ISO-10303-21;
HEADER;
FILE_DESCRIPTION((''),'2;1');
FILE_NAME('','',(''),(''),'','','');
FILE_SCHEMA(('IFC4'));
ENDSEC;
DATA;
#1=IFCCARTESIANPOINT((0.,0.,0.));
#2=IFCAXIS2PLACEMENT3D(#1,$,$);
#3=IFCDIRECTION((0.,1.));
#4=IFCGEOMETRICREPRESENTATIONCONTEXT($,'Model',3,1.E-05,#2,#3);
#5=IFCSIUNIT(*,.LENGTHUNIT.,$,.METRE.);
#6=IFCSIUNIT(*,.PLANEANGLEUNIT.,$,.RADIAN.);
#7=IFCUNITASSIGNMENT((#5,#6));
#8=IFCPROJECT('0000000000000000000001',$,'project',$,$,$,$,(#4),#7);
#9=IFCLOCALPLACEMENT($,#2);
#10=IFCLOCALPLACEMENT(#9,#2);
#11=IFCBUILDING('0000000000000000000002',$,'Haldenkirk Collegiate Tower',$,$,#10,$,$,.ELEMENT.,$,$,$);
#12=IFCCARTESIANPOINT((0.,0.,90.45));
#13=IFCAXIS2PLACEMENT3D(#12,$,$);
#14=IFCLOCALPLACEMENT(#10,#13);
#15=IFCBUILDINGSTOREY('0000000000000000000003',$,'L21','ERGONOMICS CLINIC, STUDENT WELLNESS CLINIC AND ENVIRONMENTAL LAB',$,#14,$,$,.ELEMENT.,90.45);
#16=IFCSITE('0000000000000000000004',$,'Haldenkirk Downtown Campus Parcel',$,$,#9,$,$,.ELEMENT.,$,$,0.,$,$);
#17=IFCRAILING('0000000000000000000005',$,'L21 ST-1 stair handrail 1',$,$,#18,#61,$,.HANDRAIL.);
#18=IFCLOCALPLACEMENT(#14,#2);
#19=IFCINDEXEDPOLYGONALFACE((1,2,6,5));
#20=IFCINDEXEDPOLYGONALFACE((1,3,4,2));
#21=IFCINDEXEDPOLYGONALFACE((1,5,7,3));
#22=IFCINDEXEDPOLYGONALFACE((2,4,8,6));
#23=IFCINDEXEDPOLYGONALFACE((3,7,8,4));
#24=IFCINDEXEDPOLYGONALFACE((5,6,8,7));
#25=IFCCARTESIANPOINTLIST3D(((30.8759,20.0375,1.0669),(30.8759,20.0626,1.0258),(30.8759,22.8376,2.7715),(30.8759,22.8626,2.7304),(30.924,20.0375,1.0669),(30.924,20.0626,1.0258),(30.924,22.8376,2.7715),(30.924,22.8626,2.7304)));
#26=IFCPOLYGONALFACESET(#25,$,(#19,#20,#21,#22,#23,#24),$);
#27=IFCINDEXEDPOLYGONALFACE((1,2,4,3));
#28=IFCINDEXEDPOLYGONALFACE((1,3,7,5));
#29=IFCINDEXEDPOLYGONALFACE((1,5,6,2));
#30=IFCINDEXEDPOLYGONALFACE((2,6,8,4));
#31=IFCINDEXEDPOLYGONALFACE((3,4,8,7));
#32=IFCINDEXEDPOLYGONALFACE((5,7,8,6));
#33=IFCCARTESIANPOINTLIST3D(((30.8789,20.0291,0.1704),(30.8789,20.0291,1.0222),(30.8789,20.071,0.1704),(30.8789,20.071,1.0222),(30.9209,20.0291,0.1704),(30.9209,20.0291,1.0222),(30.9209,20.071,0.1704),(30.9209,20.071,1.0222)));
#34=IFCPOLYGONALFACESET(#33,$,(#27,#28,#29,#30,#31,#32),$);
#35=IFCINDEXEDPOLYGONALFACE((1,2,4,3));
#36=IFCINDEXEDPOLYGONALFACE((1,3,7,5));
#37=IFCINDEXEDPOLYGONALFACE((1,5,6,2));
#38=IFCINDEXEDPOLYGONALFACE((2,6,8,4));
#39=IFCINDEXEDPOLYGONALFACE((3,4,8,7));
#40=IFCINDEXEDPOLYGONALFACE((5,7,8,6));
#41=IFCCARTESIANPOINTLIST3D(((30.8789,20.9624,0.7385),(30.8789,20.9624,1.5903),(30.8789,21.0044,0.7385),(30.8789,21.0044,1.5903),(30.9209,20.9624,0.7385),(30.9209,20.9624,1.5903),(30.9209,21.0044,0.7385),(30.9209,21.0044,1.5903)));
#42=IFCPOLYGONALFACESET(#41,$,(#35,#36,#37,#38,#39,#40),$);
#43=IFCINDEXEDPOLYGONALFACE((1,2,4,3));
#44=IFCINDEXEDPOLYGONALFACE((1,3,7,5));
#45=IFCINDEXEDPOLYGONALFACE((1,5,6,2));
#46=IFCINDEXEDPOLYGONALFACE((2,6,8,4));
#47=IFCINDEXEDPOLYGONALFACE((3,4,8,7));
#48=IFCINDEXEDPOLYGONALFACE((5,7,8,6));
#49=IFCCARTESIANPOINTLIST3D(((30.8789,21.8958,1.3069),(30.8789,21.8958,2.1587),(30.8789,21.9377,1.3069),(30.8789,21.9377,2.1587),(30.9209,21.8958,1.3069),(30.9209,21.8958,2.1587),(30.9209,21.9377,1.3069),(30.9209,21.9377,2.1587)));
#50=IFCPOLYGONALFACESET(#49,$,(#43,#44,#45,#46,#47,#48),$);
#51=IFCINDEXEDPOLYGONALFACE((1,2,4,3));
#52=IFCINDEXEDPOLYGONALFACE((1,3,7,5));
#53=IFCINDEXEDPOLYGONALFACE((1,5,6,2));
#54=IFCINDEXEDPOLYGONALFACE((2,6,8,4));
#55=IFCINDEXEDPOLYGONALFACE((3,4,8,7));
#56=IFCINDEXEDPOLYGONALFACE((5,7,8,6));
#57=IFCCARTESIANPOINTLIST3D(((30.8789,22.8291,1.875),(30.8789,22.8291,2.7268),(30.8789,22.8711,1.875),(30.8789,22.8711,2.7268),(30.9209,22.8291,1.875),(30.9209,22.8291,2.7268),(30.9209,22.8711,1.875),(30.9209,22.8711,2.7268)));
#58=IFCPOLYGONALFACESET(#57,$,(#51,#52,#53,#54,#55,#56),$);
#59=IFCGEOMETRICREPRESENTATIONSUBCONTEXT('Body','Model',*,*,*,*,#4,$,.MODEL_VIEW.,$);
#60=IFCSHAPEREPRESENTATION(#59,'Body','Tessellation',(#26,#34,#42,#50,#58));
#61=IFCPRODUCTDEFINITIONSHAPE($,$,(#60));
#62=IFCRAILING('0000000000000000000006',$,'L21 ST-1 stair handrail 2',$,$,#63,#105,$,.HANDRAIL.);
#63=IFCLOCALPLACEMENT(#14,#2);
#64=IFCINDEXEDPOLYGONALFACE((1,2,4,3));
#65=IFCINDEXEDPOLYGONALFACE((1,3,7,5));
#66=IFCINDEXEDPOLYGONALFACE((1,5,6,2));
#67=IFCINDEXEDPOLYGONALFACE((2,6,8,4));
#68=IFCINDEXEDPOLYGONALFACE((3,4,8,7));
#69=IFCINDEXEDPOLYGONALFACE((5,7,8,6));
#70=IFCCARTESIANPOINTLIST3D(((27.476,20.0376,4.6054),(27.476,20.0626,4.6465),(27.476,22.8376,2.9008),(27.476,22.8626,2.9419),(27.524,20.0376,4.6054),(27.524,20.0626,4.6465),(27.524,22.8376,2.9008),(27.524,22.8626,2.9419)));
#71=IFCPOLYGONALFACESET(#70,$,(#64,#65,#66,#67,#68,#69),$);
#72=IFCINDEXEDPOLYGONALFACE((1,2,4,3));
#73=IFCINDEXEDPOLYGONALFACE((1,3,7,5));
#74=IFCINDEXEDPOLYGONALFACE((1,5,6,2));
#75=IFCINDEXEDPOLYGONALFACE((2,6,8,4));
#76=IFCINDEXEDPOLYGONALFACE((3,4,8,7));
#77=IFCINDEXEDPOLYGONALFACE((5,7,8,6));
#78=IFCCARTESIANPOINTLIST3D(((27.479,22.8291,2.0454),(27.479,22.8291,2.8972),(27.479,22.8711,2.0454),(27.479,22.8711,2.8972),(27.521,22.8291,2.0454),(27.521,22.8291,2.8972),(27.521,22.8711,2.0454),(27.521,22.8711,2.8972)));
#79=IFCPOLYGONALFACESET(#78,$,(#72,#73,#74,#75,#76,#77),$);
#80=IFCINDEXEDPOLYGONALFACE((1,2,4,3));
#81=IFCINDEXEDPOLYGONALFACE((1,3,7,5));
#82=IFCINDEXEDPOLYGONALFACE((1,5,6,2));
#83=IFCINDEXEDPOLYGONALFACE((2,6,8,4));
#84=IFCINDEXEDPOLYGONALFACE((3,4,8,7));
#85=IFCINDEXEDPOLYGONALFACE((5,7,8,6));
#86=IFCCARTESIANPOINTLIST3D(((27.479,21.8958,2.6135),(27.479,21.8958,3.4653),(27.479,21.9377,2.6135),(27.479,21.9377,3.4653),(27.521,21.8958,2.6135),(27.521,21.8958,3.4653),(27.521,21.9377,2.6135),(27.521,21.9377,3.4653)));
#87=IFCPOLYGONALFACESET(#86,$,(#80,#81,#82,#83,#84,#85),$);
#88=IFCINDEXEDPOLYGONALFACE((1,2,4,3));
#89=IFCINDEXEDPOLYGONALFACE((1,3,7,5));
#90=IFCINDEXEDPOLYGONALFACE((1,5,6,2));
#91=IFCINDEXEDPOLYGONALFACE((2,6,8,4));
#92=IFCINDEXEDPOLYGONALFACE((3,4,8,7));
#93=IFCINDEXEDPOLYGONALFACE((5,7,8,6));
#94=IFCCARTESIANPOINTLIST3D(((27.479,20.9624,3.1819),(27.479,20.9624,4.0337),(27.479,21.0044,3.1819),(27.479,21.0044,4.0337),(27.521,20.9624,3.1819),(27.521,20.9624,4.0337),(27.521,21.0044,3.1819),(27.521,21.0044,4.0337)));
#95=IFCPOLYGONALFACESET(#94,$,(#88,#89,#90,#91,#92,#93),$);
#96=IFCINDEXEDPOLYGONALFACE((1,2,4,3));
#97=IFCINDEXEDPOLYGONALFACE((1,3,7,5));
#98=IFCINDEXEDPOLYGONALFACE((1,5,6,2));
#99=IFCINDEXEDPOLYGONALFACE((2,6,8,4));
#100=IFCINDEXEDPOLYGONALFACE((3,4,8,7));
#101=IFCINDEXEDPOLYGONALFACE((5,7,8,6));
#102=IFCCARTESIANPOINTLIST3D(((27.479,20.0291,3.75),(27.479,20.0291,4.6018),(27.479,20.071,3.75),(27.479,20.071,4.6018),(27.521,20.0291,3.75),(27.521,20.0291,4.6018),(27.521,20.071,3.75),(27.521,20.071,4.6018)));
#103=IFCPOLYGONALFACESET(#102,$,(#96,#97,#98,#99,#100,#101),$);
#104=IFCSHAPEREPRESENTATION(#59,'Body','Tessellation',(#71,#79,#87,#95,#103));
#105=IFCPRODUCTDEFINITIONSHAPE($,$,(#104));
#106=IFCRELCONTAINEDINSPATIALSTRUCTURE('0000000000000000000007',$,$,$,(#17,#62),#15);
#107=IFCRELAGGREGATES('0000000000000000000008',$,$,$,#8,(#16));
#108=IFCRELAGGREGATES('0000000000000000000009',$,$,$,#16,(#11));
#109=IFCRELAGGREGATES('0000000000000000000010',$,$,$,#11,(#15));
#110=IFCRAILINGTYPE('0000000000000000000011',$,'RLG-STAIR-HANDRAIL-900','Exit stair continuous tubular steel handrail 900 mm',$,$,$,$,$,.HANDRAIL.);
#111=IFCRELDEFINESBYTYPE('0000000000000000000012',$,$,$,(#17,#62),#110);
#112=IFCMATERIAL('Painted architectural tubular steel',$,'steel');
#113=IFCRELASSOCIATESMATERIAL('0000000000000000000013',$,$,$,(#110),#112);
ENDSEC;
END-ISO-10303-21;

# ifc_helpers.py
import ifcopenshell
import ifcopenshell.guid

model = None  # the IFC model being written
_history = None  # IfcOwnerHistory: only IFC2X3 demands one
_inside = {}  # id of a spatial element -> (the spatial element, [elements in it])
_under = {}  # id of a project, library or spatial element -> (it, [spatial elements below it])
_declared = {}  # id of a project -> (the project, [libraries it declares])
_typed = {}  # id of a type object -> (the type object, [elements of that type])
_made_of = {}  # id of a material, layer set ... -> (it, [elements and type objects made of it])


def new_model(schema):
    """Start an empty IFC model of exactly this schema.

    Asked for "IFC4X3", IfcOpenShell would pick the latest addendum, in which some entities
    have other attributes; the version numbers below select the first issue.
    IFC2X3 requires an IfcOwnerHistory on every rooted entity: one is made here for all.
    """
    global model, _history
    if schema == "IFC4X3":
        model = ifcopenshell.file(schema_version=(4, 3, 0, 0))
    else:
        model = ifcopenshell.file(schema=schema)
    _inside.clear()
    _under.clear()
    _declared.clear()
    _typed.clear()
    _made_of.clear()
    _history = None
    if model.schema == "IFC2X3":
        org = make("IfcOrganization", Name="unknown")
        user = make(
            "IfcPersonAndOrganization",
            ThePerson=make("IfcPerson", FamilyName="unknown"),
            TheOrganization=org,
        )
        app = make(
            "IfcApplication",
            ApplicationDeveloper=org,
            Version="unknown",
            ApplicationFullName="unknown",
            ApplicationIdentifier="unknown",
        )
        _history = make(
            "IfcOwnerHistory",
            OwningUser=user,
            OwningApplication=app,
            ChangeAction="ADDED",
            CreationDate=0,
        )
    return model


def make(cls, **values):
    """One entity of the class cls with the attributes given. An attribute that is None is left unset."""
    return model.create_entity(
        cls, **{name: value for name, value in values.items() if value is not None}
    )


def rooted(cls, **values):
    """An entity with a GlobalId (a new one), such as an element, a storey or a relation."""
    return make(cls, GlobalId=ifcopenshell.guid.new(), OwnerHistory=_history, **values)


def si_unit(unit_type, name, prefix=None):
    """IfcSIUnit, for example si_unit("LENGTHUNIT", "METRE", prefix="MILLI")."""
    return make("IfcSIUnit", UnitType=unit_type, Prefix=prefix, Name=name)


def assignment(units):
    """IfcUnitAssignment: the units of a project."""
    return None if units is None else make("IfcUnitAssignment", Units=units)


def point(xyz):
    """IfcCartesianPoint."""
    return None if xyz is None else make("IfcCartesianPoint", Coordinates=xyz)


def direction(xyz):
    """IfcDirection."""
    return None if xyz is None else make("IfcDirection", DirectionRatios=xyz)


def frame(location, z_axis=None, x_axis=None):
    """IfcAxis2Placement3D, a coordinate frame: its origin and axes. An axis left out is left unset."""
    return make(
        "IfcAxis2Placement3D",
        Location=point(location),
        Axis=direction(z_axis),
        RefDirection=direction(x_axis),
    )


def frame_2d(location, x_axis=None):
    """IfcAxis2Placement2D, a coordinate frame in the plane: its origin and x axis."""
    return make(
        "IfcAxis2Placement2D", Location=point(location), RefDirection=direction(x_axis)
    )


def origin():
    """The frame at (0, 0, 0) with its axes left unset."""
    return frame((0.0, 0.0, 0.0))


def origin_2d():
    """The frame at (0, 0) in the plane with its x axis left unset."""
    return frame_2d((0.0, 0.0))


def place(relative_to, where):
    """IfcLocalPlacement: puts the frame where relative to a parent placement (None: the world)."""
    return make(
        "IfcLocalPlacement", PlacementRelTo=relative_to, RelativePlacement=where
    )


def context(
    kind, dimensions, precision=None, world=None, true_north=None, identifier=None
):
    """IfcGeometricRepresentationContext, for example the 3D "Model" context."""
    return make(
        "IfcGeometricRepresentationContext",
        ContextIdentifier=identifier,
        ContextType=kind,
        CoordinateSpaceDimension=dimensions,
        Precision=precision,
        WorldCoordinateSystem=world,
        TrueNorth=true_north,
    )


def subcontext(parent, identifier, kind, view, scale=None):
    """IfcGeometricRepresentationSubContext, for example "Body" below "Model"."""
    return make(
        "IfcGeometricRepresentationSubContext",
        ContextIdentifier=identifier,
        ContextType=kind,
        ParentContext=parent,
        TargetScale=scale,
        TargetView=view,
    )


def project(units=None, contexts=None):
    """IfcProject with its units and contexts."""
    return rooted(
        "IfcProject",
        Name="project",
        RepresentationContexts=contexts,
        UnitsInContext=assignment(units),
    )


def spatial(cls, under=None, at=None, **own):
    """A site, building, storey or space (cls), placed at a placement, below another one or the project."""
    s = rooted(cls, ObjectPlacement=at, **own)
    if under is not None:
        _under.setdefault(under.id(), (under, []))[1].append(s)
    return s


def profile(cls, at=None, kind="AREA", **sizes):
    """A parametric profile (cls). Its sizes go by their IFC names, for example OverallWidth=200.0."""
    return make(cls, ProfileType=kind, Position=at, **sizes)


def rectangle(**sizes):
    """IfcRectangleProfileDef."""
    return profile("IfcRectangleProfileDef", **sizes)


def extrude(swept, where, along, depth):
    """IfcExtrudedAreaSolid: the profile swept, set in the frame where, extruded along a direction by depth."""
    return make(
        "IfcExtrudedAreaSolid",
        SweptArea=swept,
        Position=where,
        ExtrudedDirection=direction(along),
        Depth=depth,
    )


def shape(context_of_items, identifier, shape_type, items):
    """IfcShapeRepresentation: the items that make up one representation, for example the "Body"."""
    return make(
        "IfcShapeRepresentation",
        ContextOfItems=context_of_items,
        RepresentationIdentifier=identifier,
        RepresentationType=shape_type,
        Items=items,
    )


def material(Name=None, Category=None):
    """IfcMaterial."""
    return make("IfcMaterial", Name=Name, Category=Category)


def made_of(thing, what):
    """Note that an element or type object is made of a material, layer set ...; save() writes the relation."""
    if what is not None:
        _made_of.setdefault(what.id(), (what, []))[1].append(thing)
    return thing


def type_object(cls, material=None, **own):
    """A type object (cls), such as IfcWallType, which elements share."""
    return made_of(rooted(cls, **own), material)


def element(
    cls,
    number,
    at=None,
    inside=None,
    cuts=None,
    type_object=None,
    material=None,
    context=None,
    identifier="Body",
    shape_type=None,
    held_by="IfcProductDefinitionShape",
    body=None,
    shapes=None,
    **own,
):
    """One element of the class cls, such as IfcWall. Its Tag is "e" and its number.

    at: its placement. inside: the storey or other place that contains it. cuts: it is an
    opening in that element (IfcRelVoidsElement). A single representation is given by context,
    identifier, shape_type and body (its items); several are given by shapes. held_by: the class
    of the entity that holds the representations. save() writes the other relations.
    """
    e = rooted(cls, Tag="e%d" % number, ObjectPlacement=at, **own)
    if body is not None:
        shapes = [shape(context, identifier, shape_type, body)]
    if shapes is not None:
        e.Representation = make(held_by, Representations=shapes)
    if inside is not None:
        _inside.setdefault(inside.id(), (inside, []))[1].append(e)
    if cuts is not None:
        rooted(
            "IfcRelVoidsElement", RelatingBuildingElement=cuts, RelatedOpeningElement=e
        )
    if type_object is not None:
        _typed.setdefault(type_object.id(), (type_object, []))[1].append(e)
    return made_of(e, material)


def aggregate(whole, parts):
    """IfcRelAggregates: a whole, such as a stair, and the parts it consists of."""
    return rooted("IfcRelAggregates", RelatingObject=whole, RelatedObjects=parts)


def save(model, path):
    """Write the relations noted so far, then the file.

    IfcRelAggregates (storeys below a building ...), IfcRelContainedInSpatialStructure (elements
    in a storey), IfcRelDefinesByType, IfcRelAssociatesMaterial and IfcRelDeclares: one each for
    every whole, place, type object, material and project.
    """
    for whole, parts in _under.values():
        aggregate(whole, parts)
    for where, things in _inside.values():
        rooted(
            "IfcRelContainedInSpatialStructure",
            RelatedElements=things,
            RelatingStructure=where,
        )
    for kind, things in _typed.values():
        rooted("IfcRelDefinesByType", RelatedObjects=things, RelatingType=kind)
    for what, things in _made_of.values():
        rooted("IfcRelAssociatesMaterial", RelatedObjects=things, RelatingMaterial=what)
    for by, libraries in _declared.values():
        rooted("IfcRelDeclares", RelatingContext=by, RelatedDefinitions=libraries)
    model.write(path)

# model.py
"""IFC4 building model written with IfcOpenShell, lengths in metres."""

from ifc_helpers import new_model, si_unit, direction, frame, origin, origin_2d, place, context, subcontext, project, spatial, rectangle, extrude, material, type_object, element, save


model = new_model("IFC4")

# Units and contexts
model_context = context("Model", 3, precision=1e-05, world=origin(), true_north=direction((0.0, 1.0)))
body_context = subcontext(model_context, "Body", "Model", "MODEL_VIEW")
ifc_project = project(units=[si_unit("LENGTHUNIT", "METRE"), si_unit("PLANEANGLEUNIT", "RADIAN")], contexts=[model_context])

# Site, building, storey
site_placement = place(None, origin())
site = spatial("IfcSite", under=ifc_project, at=site_placement, Name="Haldenkirk Downtown Campus Parcel", CompositionType="ELEMENT", RefElevation=0.0)
building_placement = place(site_placement, origin())
building = spatial("IfcBuilding", under=site, at=building_placement, Name="Haldenkirk Collegiate Tower", CompositionType="ELEMENT")
storey_placement = place(building_placement, frame((0.0, 0.0, 90.45)))
storey = spatial("IfcBuildingStorey", under=building, at=storey_placement, Name="L21", Description="ERGONOMICS CLINIC, STUDENT WELLNESS CLINIC AND ENVIRONMENTAL LAB", CompositionType="ELEMENT", Elevation=90.45)

# Railings
ifc_material_1 = material(Name="Painted architectural tubular steel", Category="steel")
railing_type_1 = type_object("IfcRailingType", Name="RLG-STAIR-HANDRAIL-900", Description="Exit stair continuous tubular steel handrail 900 mm", PredefinedType="HANDRAIL", material=ifc_material_1)
railing_1_placement = place(storey_placement, frame((30.8999, 20.05, 0.1704)))
element("IfcRailing", 1, at=railing_1_placement, inside=storey, type_object=railing_type_1, Name="L21 ST-1 stair handrail 1", PredefinedType="HANDRAIL", context=body_context, shape_type="SweptSolid", body=[
    extrude(rectangle(XDim=0.0481, YDim=0.0481, at=origin_2d()), frame((0.0, 0.0, 0.876), z_axis=(0.0, 0.85417, 0.519994), x_axis=(-1.0, 0.0, 0.0)), (0.0, 0.0, 1.0), 3.2781),
    extrude(rectangle(XDim=0.042, YDim=0.042, at=origin_2d()), origin(), (0.0, 0.0, 1.0), 0.8518),
    extrude(rectangle(XDim=0.042, YDim=0.042, at=origin_2d()), frame((0.0, 0.9333, 0.5681)), (0.0, 0.0, 1.0), 0.8518),
    extrude(rectangle(XDim=0.042, YDim=0.042, at=origin_2d()), frame((0.0, 1.8667, 1.1365)), (0.0, 0.0, 1.0), 0.8518),
    extrude(rectangle(XDim=0.042, YDim=0.042, at=origin_2d()), frame((0.0, 2.8, 1.7046)), (0.0, 0.0, 1.0), 0.8518),
])
railing_2_placement = place(storey_placement, frame((27.5, 22.8501, 2.0454)))
element("IfcRailing", 2, at=railing_2_placement, inside=storey, type_object=railing_type_1, Name="L21 ST-1 stair handrail 2", PredefinedType="HANDRAIL", context=body_context, shape_type="SweptSolid", body=[
    extrude(rectangle(XDim=0.0481, YDim=0.0481, at=origin_2d()), frame((0.0, 0.0, 0.876), z_axis=(0.0, -0.85417, 0.519994), x_axis=(1.0, 0.0, 0.0)), (0.0, 0.0, 1.0), 3.2781),
    extrude(rectangle(XDim=0.042, YDim=0.042, at=origin_2d()), origin(), (0.0, 0.0, 1.0), 0.8518),
    extrude(rectangle(XDim=0.042, YDim=0.042, at=origin_2d()), frame((0.0, -0.9333, 0.5681)), (0.0, 0.0, 1.0), 0.8518),
    extrude(rectangle(XDim=0.042, YDim=0.042, at=origin_2d()), frame((0.0, -1.8667, 1.1365)), (0.0, 0.0, 1.0), 0.8518),
    extrude(rectangle(XDim=0.042, YDim=0.042, at=origin_2d()), frame((0.0, -2.8, 1.7046)), (0.0, 0.0, 1.0), 0.8518),
])

save(model, "model.ifc")
